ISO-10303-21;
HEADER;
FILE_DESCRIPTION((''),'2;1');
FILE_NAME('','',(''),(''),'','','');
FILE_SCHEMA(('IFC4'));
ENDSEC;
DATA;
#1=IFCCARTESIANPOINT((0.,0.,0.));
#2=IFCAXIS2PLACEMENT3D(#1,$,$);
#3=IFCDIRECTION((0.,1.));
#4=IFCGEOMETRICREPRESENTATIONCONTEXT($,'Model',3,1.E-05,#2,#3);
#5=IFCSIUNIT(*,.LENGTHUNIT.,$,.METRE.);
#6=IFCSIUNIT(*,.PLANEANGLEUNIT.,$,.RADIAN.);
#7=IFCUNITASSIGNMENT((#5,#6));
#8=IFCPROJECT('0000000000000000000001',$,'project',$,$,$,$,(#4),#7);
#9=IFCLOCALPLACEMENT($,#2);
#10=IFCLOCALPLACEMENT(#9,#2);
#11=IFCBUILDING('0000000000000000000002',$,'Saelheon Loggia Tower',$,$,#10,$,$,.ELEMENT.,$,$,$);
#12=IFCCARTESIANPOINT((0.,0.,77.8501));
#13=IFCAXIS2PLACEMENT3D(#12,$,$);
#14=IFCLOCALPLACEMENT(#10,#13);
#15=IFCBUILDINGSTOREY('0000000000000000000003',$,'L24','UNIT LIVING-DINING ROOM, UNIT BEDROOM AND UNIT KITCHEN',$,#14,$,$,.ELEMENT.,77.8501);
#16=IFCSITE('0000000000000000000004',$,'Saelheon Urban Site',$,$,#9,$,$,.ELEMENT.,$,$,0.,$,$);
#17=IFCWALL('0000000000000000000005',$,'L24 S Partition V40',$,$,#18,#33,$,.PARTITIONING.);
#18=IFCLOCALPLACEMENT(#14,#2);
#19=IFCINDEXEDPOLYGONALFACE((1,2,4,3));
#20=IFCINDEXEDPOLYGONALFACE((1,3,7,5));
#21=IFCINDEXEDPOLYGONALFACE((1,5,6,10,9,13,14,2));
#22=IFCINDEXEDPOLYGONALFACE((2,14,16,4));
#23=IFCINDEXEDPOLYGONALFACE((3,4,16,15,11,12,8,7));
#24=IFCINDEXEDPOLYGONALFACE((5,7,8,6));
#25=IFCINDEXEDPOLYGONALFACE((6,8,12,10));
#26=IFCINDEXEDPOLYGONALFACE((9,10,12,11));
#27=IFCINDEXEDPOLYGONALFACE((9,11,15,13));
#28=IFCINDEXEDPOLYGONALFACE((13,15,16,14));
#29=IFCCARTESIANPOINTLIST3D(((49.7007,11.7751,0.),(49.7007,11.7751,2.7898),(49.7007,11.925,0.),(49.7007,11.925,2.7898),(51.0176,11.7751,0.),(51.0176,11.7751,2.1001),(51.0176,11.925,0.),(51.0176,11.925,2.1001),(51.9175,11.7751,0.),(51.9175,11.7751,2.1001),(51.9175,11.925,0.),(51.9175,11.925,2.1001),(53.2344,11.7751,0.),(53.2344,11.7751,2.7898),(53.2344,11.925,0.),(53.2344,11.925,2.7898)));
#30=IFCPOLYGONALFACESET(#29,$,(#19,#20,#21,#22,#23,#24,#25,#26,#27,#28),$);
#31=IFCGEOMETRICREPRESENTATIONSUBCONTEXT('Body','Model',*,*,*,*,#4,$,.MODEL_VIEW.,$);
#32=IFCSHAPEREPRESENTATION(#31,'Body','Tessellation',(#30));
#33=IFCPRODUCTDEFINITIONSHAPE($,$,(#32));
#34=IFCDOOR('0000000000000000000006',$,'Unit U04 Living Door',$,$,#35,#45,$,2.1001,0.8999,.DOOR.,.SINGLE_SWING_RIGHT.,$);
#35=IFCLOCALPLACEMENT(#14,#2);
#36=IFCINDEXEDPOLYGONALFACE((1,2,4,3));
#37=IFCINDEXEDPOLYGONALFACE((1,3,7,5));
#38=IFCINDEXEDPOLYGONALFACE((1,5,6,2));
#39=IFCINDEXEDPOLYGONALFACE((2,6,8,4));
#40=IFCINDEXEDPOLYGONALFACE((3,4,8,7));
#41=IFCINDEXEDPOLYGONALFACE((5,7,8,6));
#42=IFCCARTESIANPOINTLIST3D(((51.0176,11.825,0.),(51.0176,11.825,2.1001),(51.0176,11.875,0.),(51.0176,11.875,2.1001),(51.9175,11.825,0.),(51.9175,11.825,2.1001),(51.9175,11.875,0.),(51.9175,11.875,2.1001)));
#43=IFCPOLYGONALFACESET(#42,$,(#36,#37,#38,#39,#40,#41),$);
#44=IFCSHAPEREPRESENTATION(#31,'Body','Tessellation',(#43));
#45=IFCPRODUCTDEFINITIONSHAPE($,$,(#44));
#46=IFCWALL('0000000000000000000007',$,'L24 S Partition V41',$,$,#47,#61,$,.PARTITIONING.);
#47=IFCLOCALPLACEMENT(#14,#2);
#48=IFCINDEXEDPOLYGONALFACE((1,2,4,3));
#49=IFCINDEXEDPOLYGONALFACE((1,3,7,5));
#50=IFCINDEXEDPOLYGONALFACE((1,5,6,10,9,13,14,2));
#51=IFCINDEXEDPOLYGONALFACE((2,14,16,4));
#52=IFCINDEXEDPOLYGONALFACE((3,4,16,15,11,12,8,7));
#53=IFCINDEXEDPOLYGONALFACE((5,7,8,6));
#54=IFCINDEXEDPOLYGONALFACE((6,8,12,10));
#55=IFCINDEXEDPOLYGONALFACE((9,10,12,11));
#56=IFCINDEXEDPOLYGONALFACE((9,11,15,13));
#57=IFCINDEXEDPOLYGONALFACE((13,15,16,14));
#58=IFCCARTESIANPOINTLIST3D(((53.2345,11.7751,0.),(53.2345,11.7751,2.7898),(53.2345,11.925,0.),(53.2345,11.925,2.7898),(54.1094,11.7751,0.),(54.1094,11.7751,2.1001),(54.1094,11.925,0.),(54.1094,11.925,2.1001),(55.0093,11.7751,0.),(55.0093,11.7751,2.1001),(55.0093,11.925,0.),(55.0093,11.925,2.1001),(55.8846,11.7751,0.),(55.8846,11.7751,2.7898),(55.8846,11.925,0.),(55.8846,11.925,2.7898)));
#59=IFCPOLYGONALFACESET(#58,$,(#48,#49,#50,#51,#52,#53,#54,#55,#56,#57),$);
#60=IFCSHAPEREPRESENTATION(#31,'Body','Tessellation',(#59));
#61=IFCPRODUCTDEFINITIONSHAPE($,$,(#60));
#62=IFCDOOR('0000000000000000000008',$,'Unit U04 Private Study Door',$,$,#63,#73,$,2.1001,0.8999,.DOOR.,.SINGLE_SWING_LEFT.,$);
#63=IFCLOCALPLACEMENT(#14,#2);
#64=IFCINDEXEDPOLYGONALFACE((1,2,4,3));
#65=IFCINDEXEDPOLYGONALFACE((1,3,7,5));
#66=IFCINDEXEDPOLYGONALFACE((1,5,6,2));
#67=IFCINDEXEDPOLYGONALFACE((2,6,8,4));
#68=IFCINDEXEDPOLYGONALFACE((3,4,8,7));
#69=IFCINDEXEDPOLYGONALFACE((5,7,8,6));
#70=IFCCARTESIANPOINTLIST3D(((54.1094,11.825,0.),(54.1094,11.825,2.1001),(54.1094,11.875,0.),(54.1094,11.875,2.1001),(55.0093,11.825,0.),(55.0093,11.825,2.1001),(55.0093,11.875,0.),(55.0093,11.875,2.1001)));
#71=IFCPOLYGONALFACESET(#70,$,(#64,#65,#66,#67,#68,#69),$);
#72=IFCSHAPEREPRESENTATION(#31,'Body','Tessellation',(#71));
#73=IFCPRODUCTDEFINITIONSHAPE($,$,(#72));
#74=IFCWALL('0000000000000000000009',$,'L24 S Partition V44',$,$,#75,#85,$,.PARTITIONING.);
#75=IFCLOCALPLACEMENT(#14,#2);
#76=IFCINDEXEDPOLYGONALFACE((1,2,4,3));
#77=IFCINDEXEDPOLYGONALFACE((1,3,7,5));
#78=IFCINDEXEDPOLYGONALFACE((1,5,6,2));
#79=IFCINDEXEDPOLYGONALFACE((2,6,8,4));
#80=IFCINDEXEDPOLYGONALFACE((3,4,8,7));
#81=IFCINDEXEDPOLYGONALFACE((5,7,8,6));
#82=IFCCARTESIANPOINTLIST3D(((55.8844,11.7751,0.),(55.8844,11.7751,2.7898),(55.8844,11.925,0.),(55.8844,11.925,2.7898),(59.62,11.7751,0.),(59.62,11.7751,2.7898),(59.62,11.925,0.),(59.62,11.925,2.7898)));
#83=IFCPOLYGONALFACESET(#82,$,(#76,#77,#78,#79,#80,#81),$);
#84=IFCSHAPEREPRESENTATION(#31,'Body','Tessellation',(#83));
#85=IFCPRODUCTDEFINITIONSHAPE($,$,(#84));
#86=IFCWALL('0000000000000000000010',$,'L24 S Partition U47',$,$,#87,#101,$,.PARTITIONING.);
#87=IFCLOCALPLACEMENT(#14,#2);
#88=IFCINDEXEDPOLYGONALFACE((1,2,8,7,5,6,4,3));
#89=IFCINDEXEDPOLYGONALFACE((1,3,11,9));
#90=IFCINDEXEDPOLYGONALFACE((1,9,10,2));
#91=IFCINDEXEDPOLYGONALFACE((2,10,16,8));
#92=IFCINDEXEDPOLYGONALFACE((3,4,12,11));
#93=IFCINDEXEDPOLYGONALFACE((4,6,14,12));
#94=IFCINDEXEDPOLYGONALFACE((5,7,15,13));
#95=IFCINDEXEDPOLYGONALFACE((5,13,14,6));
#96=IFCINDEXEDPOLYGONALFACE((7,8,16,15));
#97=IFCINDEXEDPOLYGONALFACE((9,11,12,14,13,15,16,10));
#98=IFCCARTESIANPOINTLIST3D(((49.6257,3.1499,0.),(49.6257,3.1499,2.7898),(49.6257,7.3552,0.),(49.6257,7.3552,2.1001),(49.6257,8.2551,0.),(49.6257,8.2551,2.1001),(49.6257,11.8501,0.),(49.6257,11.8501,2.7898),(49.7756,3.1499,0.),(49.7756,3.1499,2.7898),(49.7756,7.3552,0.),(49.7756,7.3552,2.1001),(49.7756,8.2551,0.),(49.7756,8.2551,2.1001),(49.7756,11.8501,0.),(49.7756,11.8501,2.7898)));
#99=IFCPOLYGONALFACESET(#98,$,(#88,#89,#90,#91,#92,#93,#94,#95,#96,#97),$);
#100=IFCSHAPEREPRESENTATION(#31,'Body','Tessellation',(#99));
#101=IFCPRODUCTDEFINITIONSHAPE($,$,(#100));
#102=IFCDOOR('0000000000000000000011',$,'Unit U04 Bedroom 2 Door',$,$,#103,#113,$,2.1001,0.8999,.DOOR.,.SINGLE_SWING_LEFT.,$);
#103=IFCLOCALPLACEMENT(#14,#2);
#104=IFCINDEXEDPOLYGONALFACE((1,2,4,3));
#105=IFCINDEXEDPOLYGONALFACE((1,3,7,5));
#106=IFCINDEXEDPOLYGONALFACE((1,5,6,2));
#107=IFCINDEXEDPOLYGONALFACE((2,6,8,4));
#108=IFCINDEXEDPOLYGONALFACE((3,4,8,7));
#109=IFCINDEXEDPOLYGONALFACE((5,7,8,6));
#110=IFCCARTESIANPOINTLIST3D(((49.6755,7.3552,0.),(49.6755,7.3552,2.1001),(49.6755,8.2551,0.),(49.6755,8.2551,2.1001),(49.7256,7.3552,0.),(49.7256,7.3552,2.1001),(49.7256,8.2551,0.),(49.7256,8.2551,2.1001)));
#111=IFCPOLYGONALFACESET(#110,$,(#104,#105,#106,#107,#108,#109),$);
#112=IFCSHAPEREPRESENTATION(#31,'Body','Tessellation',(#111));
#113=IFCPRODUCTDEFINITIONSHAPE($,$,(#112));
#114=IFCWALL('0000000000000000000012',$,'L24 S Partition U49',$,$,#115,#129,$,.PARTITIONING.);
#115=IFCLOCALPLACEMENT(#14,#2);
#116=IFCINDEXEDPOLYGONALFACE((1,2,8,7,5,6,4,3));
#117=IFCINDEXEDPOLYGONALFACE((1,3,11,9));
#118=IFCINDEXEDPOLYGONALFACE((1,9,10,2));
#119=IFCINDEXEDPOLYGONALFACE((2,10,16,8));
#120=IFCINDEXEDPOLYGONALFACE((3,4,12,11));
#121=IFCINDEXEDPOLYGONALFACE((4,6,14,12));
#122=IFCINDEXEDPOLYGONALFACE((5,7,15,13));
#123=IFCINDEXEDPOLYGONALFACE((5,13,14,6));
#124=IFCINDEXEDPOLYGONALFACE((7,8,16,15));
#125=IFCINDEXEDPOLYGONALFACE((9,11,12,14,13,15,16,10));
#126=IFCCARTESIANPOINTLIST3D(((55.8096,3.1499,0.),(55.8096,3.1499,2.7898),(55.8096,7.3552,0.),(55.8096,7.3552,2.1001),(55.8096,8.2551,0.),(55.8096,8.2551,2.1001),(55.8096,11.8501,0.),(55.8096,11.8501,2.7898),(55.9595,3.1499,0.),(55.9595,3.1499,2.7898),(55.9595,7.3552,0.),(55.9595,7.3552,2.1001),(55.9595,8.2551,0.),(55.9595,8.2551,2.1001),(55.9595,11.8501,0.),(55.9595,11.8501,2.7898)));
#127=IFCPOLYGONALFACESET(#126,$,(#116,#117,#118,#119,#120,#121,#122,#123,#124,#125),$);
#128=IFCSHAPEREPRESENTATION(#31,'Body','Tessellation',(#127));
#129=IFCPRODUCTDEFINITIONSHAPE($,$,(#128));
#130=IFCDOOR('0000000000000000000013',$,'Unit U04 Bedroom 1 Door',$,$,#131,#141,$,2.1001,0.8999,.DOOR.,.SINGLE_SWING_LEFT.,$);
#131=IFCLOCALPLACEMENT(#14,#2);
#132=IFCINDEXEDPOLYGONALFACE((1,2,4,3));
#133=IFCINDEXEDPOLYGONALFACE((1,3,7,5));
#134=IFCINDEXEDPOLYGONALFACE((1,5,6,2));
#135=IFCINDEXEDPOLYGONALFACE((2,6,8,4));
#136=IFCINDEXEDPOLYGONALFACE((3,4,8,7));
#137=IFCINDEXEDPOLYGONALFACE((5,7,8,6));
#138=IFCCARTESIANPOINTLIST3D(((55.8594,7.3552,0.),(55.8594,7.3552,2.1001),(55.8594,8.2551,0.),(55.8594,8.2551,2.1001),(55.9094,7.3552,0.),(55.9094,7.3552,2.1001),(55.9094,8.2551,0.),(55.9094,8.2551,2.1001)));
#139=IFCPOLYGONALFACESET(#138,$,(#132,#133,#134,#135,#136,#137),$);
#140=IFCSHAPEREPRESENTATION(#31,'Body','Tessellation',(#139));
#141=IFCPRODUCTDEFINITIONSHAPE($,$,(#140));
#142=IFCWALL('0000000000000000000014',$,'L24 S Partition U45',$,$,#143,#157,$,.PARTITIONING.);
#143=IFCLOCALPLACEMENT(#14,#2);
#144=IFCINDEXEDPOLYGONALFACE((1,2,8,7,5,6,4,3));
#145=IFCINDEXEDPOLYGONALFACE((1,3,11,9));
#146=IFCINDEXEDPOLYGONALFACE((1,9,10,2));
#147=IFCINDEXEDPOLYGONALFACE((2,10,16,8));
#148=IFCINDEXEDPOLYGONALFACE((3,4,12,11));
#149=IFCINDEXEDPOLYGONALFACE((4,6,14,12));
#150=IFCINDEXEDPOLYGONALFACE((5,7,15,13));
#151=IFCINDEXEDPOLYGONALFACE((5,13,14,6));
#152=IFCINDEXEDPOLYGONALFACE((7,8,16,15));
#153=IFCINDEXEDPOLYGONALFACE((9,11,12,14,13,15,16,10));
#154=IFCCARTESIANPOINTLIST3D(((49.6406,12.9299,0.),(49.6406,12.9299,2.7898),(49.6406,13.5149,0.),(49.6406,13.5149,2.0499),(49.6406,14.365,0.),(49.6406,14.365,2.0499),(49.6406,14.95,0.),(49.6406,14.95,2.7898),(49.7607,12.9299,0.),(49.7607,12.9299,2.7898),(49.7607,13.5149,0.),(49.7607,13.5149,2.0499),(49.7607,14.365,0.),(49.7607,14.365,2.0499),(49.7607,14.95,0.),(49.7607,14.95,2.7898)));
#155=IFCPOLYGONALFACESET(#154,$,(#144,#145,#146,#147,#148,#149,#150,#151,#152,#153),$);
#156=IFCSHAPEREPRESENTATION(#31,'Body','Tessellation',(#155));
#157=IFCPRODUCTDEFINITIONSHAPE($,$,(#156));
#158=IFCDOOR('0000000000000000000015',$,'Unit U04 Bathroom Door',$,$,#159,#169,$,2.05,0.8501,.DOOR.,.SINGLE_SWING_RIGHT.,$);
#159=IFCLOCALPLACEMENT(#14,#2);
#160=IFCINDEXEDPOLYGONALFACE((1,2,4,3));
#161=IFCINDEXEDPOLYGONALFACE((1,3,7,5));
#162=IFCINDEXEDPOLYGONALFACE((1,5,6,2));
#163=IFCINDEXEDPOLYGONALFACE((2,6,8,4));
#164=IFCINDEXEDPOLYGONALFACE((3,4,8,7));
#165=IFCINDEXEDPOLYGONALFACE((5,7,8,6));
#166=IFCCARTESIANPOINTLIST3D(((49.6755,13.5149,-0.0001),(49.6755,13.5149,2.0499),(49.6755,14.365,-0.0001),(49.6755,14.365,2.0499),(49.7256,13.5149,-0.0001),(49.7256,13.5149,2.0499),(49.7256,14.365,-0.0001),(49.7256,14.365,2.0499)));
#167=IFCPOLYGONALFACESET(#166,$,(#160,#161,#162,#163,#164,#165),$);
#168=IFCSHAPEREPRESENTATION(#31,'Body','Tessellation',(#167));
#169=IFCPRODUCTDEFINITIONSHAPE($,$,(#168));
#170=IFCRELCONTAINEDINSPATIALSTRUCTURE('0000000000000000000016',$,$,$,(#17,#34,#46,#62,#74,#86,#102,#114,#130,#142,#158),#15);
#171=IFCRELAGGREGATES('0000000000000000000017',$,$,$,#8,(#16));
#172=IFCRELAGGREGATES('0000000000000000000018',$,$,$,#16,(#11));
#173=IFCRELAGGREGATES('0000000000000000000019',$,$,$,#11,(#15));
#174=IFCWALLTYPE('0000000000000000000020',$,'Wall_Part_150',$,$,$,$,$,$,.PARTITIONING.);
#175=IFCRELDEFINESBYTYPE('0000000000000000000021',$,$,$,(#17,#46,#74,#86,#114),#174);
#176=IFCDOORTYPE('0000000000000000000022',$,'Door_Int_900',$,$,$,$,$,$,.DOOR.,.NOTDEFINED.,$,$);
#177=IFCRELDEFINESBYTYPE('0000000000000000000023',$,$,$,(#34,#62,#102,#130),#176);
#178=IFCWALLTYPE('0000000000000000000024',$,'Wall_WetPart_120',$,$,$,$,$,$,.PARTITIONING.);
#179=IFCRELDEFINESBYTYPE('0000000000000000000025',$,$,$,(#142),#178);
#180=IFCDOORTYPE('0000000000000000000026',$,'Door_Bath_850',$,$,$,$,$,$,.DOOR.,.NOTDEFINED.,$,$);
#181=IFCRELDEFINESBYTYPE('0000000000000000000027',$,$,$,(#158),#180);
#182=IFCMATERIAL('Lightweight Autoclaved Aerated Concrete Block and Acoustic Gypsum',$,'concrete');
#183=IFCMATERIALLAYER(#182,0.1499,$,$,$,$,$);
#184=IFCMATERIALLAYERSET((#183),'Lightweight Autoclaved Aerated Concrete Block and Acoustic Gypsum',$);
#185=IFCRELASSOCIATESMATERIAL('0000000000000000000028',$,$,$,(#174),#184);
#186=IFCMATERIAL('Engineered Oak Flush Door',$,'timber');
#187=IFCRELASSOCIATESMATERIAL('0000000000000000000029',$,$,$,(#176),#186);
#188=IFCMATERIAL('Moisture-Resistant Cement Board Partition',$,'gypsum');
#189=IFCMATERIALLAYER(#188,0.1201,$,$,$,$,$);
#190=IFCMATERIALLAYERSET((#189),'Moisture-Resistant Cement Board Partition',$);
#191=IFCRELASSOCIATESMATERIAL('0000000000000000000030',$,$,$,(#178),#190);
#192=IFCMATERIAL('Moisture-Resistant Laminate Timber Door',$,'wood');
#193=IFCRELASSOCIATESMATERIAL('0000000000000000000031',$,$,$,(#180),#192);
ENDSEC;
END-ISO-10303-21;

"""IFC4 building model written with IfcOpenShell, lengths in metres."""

from ifc_helpers import new_model, si_unit, direction, frame, frame_2d, origin, place, context, subcontext, project, spatial, rectangle, extrude, source, transform, mapped, material, layer, layer_set, type_object, element, fill, save


model = new_model("IFC4")

# Units and contexts
model_context = context("Model", 3, precision=1e-05, world=origin(), true_north=direction((0.0, 1.0)))
body_context = subcontext(model_context, "Body", "Model", "MODEL_VIEW")
ifc_project = project(units=[si_unit("LENGTHUNIT", "METRE"), si_unit("PLANEANGLEUNIT", "RADIAN")], contexts=[model_context])

# Site, building, storey
site_placement = place(None, origin())
site = spatial("IfcSite", under=ifc_project, at=site_placement, Name="Saelheon Urban Site", CompositionType="ELEMENT", RefElevation=0.0)
building_placement = place(site_placement, origin())
building = spatial("IfcBuilding", under=site, at=building_placement, Name="Saelheon Loggia Tower", CompositionType="ELEMENT")
storey_placement = place(building_placement, frame((0.0, 0.0, 77.8501)))
storey = spatial("IfcBuildingStorey", under=building, at=storey_placement, Name="L24", Description="UNIT LIVING-DINING ROOM, UNIT BEDROOM AND UNIT KITCHEN", CompositionType="ELEMENT", Elevation=77.8501)

# Walls, openings, doors
ifc_material_1 = material(Name="Lightweight Autoclaved Aerated Concrete Block and Acoustic Gypsum", Category="concrete")
ifc_layer_1 = layer(ifc_material_1, 0.1499)
ifc_layer_set_1 = layer_set([ifc_layer_1], Name="Lightweight Autoclaved Aerated Concrete Block and Acoustic Gypsum")
wall_type_1 = type_object("IfcWallType", Name="Wall_Part_150", PredefinedType="PARTITIONING", material=ifc_layer_set_1)
wall_1_placement = place(storey_placement, frame((49.7007, 11.8501, 0.0), z_axis=(0.0, 0.0, 1.0), x_axis=(1.0, 0.0, 0.0)))
wall_1 = element("IfcWall", 1, at=wall_1_placement, inside=storey, type_object=wall_type_1, Name="L24 S Partition V40", PredefinedType="PARTITIONING", context=body_context, shape_type="SweptSolid", body=[
    extrude(rectangle(XDim=3.5337, YDim=0.1499, at=frame_2d((1.7668, 0.0))), origin(), (0.0, 0.0, 1.0), 2.7898),
])
opening_1_placement = place(wall_1_placement, frame((1.3169, 0.0, 0.0)))
opening_1 = element("IfcOpeningElement", 2, at=opening_1_placement, cuts=wall_1, PredefinedType="OPENING", context=body_context, shape_type="SweptSolid", body=[
    extrude(rectangle(XDim=0.8999, YDim=2.1001, at=frame_2d((0.45, 1.05))), frame((0.0, 0.0869, 0.0), z_axis=(0.0, -1.0, 0.0), x_axis=(1.0, 0.0, 0.0)), (0.0, 0.0, 1.0), 0.1738),
])
ifc_material_2 = material(Name="Engineered Oak Flush Door", Category="timber")
door_type_1 = type_object("IfcDoorType", Name="Door_Int_900", OperationType="NOTDEFINED", PredefinedType="DOOR", material=ifc_material_2)
shared_shape_1 = source(origin(), body_context, "Body", "SweptSolid", [
    extrude(rectangle(XDim=0.8999, YDim=2.1001, at=frame_2d((0.45, 1.05))), frame((0.0, 0.0249, 0.0), z_axis=(0.0, -1.0, 0.0), x_axis=(1.0, 0.0, 0.0)), (0.0, 0.0, 1.0), 0.05),
])
door_1_placement = place(opening_1_placement, origin())
door_1 = element("IfcDoor", 3, at=door_1_placement, inside=storey, type_object=door_type_1, Name="Unit U04 Living Door", OperationType="SINGLE_SWING_RIGHT", OverallHeight=2.1001, OverallWidth=0.8999, PredefinedType="DOOR", context=body_context, shape_type="MappedRepresentation", body=[
    mapped(shared_shape_1, transform((0.0, 0.0, 0.0), scale=1.0)),
])
fill(opening_1, door_1)
wall_2_placement = place(storey_placement, frame((53.2344, 11.8501, 0.0), z_axis=(0.0, 0.0, 1.0), x_axis=(1.0, 0.0, 0.0)))
wall_2 = element("IfcWall", 4, at=wall_2_placement, inside=storey, type_object=wall_type_1, Name="L24 S Partition V41", PredefinedType="PARTITIONING", context=body_context, shape_type="SweptSolid", body=[
    extrude(rectangle(XDim=2.6501, YDim=0.1499, at=frame_2d((1.3252, 0.0))), origin(), (0.0, 0.0, 1.0), 2.7898),
])
opening_2_placement = place(wall_2_placement, frame((0.875, 0.0, 0.0)))
opening_2 = element("IfcOpeningElement", 5, at=opening_2_placement, cuts=wall_2, PredefinedType="OPENING", context=body_context, shape_type="SweptSolid", body=[
    extrude(rectangle(XDim=0.8999, YDim=2.1001, at=frame_2d((0.45, 1.05))), frame((0.0, 0.0869, 0.0), z_axis=(0.0, -1.0, 0.0), x_axis=(1.0, 0.0, 0.0)), (0.0, 0.0, 1.0), 0.1738),
])
door_2_placement = place(opening_2_placement, origin())
door_2 = element("IfcDoor", 6, at=door_2_placement, inside=storey, type_object=door_type_1, Name="Unit U04 Private Study Door", OperationType="SINGLE_SWING_LEFT", OverallHeight=2.1001, OverallWidth=0.8999, PredefinedType="DOOR", context=body_context, shape_type="MappedRepresentation", body=[
    mapped(shared_shape_1, transform((0.0, 0.0, 0.0), scale=1.0)),
])
fill(opening_2, door_2)

# Wall
wall_3_placement = place(storey_placement, frame((55.8845, 11.8501, 0.0), z_axis=(0.0, 0.0, 1.0), x_axis=(1.0, 0.0, 0.0)))
element("IfcWall", 7, at=wall_3_placement, inside=storey, type_object=wall_type_1, Name="L24 S Partition V44", PredefinedType="PARTITIONING", context=body_context, shape_type="SweptSolid", body=[
    extrude(rectangle(XDim=3.7356, YDim=0.1499, at=frame_2d((1.8677, 0.0))), origin(), (0.0, 0.0, 1.0), 2.7898),
])

# Walls, openings, doors
wall_4_placement = place(storey_placement, frame((49.7007, 11.8501, 0.0), z_axis=(0.0, 0.0, 1.0), x_axis=(0.0, -1.0, 0.0)))
wall_4 = element("IfcWall", 8, at=wall_4_placement, inside=storey, type_object=wall_type_1, Name="L24 S Partition U47", PredefinedType="PARTITIONING", context=body_context, shape_type="SweptSolid", body=[
    extrude(rectangle(XDim=8.7002, YDim=0.1499, at=frame_2d((4.3501, 0.0))), origin(), (0.0, 0.0, 1.0), 2.7898),
])
opening_3_placement = place(wall_4_placement, frame((3.595, 0.0, 0.0)))
opening_3 = element("IfcOpeningElement", 9, at=opening_3_placement, cuts=wall_4, PredefinedType="OPENING", context=body_context, shape_type="SweptSolid", body=[
    extrude(rectangle(XDim=0.8999, YDim=2.1001, at=frame_2d((0.45, 1.05))), frame((0.0, 0.0869, 0.0), z_axis=(0.0, -1.0, 0.0), x_axis=(1.0, 0.0, 0.0)), (0.0, 0.0, 1.0), 0.1738),
])
door_3_placement = place(opening_3_placement, origin())
door_3 = element("IfcDoor", 10, at=door_3_placement, inside=storey, type_object=door_type_1, Name="Unit U04 Bedroom 2 Door", OperationType="SINGLE_SWING_LEFT", OverallHeight=2.1001, OverallWidth=0.8999, PredefinedType="DOOR", context=body_context, shape_type="MappedRepresentation", body=[
    mapped(shared_shape_1, transform((0.0, 0.0, 0.0), scale=1.0)),
])
fill(opening_3, door_3)
wall_5_placement = place(storey_placement, frame((55.8845, 11.8501, 0.0), z_axis=(0.0, 0.0, 1.0), x_axis=(0.0, -1.0, 0.0)))
wall_5 = element("IfcWall", 11, at=wall_5_placement, inside=storey, type_object=wall_type_1, Name="L24 S Partition U49", PredefinedType="PARTITIONING", context=body_context, shape_type="SweptSolid", body=[
    extrude(rectangle(XDim=8.7002, YDim=0.1499, at=frame_2d((4.3501, 0.0))), origin(), (0.0, 0.0, 1.0), 2.7898),
])
opening_4_placement = place(wall_5_placement, frame((3.595, 0.0, 0.0)))
opening_4 = element("IfcOpeningElement", 12, at=opening_4_placement, cuts=wall_5, PredefinedType="OPENING", context=body_context, shape_type="SweptSolid", body=[
    extrude(rectangle(XDim=0.8999, YDim=2.1001, at=frame_2d((0.45, 1.05))), frame((0.0, 0.0869, 0.0), z_axis=(0.0, -1.0, 0.0), x_axis=(1.0, 0.0, 0.0)), (0.0, 0.0, 1.0), 0.1738),
])
door_4_placement = place(opening_4_placement, origin())
door_4 = element("IfcDoor", 13, at=door_4_placement, inside=storey, type_object=door_type_1, Name="Unit U04 Bedroom 1 Door", OperationType="SINGLE_SWING_LEFT", OverallHeight=2.1001, OverallWidth=0.8999, PredefinedType="DOOR", context=body_context, shape_type="MappedRepresentation", body=[
    mapped(shared_shape_1, transform((0.0, 0.0, 0.0), scale=1.0)),
])
fill(opening_4, door_4)
ifc_material_3 = material(Name="Moisture-Resistant Cement Board Partition", Category="gypsum")
ifc_layer_2 = layer(ifc_material_3, 0.1201)
ifc_layer_set_2 = layer_set([ifc_layer_2], Name="Moisture-Resistant Cement Board Partition")
wall_type_2 = type_object("IfcWallType", Name="Wall_WetPart_120", PredefinedType="PARTITIONING", material=ifc_layer_set_2)
wall_6_placement = place(storey_placement, frame((49.7007, 14.95, 0.0), z_axis=(0.0, 0.0, 1.0), x_axis=(0.0, -1.0, 0.0)))
wall_6 = element("IfcWall", 14, at=wall_6_placement, inside=storey, type_object=wall_type_2, Name="L24 S Partition U45", PredefinedType="PARTITIONING", context=body_context, shape_type="SweptSolid", body=[
    extrude(rectangle(XDim=2.02, YDim=0.1201, at=frame_2d((1.01, 0.0))), origin(), (0.0, 0.0, 1.0), 2.7898),
])
opening_5_placement = place(wall_6_placement, frame((0.585, 0.0, 0.0)))
opening_5 = element("IfcOpeningElement", 15, at=opening_5_placement, cuts=wall_6, PredefinedType="OPENING", context=body_context, shape_type="SweptSolid", body=[
    extrude(rectangle(XDim=0.8501, YDim=2.05, at=frame_2d((0.425, 1.0249))), frame((0.0, 0.072, 0.0), z_axis=(0.0, -1.0, 0.0), x_axis=(1.0, 0.0, 0.0)), (0.0, 0.0, 1.0), 0.144),
])
ifc_material_4 = material(Name="Moisture-Resistant Laminate Timber Door", Category="wood")
door_type_2 = type_object("IfcDoorType", Name="Door_Bath_850", OperationType="NOTDEFINED", PredefinedType="DOOR", material=ifc_material_4)
shared_shape_2 = source(origin(), body_context, "Body", "SweptSolid", [
    extrude(rectangle(XDim=0.8501, YDim=2.05, at=frame_2d((0.425, 1.0249))), frame((0.0, 0.0249, 0.0), z_axis=(0.0, -1.0, 0.0), x_axis=(1.0, 0.0, 0.0)), (0.0, 0.0, 1.0), 0.05),
])
door_5_placement = place(opening_5_placement, origin())
door_5 = element("IfcDoor", 16, at=door_5_placement, inside=storey, type_object=door_type_2, Name="Unit U04 Bathroom Door", OperationType="SINGLE_SWING_RIGHT", OverallHeight=2.05, OverallWidth=0.8501, PredefinedType="DOOR", context=body_context, shape_type="MappedRepresentation", body=[
    mapped(shared_shape_2, transform((0.0, 0.0, 0.0), scale=1.0)),
])
fill(opening_5, door_5)

save(model, "model.ifc")
